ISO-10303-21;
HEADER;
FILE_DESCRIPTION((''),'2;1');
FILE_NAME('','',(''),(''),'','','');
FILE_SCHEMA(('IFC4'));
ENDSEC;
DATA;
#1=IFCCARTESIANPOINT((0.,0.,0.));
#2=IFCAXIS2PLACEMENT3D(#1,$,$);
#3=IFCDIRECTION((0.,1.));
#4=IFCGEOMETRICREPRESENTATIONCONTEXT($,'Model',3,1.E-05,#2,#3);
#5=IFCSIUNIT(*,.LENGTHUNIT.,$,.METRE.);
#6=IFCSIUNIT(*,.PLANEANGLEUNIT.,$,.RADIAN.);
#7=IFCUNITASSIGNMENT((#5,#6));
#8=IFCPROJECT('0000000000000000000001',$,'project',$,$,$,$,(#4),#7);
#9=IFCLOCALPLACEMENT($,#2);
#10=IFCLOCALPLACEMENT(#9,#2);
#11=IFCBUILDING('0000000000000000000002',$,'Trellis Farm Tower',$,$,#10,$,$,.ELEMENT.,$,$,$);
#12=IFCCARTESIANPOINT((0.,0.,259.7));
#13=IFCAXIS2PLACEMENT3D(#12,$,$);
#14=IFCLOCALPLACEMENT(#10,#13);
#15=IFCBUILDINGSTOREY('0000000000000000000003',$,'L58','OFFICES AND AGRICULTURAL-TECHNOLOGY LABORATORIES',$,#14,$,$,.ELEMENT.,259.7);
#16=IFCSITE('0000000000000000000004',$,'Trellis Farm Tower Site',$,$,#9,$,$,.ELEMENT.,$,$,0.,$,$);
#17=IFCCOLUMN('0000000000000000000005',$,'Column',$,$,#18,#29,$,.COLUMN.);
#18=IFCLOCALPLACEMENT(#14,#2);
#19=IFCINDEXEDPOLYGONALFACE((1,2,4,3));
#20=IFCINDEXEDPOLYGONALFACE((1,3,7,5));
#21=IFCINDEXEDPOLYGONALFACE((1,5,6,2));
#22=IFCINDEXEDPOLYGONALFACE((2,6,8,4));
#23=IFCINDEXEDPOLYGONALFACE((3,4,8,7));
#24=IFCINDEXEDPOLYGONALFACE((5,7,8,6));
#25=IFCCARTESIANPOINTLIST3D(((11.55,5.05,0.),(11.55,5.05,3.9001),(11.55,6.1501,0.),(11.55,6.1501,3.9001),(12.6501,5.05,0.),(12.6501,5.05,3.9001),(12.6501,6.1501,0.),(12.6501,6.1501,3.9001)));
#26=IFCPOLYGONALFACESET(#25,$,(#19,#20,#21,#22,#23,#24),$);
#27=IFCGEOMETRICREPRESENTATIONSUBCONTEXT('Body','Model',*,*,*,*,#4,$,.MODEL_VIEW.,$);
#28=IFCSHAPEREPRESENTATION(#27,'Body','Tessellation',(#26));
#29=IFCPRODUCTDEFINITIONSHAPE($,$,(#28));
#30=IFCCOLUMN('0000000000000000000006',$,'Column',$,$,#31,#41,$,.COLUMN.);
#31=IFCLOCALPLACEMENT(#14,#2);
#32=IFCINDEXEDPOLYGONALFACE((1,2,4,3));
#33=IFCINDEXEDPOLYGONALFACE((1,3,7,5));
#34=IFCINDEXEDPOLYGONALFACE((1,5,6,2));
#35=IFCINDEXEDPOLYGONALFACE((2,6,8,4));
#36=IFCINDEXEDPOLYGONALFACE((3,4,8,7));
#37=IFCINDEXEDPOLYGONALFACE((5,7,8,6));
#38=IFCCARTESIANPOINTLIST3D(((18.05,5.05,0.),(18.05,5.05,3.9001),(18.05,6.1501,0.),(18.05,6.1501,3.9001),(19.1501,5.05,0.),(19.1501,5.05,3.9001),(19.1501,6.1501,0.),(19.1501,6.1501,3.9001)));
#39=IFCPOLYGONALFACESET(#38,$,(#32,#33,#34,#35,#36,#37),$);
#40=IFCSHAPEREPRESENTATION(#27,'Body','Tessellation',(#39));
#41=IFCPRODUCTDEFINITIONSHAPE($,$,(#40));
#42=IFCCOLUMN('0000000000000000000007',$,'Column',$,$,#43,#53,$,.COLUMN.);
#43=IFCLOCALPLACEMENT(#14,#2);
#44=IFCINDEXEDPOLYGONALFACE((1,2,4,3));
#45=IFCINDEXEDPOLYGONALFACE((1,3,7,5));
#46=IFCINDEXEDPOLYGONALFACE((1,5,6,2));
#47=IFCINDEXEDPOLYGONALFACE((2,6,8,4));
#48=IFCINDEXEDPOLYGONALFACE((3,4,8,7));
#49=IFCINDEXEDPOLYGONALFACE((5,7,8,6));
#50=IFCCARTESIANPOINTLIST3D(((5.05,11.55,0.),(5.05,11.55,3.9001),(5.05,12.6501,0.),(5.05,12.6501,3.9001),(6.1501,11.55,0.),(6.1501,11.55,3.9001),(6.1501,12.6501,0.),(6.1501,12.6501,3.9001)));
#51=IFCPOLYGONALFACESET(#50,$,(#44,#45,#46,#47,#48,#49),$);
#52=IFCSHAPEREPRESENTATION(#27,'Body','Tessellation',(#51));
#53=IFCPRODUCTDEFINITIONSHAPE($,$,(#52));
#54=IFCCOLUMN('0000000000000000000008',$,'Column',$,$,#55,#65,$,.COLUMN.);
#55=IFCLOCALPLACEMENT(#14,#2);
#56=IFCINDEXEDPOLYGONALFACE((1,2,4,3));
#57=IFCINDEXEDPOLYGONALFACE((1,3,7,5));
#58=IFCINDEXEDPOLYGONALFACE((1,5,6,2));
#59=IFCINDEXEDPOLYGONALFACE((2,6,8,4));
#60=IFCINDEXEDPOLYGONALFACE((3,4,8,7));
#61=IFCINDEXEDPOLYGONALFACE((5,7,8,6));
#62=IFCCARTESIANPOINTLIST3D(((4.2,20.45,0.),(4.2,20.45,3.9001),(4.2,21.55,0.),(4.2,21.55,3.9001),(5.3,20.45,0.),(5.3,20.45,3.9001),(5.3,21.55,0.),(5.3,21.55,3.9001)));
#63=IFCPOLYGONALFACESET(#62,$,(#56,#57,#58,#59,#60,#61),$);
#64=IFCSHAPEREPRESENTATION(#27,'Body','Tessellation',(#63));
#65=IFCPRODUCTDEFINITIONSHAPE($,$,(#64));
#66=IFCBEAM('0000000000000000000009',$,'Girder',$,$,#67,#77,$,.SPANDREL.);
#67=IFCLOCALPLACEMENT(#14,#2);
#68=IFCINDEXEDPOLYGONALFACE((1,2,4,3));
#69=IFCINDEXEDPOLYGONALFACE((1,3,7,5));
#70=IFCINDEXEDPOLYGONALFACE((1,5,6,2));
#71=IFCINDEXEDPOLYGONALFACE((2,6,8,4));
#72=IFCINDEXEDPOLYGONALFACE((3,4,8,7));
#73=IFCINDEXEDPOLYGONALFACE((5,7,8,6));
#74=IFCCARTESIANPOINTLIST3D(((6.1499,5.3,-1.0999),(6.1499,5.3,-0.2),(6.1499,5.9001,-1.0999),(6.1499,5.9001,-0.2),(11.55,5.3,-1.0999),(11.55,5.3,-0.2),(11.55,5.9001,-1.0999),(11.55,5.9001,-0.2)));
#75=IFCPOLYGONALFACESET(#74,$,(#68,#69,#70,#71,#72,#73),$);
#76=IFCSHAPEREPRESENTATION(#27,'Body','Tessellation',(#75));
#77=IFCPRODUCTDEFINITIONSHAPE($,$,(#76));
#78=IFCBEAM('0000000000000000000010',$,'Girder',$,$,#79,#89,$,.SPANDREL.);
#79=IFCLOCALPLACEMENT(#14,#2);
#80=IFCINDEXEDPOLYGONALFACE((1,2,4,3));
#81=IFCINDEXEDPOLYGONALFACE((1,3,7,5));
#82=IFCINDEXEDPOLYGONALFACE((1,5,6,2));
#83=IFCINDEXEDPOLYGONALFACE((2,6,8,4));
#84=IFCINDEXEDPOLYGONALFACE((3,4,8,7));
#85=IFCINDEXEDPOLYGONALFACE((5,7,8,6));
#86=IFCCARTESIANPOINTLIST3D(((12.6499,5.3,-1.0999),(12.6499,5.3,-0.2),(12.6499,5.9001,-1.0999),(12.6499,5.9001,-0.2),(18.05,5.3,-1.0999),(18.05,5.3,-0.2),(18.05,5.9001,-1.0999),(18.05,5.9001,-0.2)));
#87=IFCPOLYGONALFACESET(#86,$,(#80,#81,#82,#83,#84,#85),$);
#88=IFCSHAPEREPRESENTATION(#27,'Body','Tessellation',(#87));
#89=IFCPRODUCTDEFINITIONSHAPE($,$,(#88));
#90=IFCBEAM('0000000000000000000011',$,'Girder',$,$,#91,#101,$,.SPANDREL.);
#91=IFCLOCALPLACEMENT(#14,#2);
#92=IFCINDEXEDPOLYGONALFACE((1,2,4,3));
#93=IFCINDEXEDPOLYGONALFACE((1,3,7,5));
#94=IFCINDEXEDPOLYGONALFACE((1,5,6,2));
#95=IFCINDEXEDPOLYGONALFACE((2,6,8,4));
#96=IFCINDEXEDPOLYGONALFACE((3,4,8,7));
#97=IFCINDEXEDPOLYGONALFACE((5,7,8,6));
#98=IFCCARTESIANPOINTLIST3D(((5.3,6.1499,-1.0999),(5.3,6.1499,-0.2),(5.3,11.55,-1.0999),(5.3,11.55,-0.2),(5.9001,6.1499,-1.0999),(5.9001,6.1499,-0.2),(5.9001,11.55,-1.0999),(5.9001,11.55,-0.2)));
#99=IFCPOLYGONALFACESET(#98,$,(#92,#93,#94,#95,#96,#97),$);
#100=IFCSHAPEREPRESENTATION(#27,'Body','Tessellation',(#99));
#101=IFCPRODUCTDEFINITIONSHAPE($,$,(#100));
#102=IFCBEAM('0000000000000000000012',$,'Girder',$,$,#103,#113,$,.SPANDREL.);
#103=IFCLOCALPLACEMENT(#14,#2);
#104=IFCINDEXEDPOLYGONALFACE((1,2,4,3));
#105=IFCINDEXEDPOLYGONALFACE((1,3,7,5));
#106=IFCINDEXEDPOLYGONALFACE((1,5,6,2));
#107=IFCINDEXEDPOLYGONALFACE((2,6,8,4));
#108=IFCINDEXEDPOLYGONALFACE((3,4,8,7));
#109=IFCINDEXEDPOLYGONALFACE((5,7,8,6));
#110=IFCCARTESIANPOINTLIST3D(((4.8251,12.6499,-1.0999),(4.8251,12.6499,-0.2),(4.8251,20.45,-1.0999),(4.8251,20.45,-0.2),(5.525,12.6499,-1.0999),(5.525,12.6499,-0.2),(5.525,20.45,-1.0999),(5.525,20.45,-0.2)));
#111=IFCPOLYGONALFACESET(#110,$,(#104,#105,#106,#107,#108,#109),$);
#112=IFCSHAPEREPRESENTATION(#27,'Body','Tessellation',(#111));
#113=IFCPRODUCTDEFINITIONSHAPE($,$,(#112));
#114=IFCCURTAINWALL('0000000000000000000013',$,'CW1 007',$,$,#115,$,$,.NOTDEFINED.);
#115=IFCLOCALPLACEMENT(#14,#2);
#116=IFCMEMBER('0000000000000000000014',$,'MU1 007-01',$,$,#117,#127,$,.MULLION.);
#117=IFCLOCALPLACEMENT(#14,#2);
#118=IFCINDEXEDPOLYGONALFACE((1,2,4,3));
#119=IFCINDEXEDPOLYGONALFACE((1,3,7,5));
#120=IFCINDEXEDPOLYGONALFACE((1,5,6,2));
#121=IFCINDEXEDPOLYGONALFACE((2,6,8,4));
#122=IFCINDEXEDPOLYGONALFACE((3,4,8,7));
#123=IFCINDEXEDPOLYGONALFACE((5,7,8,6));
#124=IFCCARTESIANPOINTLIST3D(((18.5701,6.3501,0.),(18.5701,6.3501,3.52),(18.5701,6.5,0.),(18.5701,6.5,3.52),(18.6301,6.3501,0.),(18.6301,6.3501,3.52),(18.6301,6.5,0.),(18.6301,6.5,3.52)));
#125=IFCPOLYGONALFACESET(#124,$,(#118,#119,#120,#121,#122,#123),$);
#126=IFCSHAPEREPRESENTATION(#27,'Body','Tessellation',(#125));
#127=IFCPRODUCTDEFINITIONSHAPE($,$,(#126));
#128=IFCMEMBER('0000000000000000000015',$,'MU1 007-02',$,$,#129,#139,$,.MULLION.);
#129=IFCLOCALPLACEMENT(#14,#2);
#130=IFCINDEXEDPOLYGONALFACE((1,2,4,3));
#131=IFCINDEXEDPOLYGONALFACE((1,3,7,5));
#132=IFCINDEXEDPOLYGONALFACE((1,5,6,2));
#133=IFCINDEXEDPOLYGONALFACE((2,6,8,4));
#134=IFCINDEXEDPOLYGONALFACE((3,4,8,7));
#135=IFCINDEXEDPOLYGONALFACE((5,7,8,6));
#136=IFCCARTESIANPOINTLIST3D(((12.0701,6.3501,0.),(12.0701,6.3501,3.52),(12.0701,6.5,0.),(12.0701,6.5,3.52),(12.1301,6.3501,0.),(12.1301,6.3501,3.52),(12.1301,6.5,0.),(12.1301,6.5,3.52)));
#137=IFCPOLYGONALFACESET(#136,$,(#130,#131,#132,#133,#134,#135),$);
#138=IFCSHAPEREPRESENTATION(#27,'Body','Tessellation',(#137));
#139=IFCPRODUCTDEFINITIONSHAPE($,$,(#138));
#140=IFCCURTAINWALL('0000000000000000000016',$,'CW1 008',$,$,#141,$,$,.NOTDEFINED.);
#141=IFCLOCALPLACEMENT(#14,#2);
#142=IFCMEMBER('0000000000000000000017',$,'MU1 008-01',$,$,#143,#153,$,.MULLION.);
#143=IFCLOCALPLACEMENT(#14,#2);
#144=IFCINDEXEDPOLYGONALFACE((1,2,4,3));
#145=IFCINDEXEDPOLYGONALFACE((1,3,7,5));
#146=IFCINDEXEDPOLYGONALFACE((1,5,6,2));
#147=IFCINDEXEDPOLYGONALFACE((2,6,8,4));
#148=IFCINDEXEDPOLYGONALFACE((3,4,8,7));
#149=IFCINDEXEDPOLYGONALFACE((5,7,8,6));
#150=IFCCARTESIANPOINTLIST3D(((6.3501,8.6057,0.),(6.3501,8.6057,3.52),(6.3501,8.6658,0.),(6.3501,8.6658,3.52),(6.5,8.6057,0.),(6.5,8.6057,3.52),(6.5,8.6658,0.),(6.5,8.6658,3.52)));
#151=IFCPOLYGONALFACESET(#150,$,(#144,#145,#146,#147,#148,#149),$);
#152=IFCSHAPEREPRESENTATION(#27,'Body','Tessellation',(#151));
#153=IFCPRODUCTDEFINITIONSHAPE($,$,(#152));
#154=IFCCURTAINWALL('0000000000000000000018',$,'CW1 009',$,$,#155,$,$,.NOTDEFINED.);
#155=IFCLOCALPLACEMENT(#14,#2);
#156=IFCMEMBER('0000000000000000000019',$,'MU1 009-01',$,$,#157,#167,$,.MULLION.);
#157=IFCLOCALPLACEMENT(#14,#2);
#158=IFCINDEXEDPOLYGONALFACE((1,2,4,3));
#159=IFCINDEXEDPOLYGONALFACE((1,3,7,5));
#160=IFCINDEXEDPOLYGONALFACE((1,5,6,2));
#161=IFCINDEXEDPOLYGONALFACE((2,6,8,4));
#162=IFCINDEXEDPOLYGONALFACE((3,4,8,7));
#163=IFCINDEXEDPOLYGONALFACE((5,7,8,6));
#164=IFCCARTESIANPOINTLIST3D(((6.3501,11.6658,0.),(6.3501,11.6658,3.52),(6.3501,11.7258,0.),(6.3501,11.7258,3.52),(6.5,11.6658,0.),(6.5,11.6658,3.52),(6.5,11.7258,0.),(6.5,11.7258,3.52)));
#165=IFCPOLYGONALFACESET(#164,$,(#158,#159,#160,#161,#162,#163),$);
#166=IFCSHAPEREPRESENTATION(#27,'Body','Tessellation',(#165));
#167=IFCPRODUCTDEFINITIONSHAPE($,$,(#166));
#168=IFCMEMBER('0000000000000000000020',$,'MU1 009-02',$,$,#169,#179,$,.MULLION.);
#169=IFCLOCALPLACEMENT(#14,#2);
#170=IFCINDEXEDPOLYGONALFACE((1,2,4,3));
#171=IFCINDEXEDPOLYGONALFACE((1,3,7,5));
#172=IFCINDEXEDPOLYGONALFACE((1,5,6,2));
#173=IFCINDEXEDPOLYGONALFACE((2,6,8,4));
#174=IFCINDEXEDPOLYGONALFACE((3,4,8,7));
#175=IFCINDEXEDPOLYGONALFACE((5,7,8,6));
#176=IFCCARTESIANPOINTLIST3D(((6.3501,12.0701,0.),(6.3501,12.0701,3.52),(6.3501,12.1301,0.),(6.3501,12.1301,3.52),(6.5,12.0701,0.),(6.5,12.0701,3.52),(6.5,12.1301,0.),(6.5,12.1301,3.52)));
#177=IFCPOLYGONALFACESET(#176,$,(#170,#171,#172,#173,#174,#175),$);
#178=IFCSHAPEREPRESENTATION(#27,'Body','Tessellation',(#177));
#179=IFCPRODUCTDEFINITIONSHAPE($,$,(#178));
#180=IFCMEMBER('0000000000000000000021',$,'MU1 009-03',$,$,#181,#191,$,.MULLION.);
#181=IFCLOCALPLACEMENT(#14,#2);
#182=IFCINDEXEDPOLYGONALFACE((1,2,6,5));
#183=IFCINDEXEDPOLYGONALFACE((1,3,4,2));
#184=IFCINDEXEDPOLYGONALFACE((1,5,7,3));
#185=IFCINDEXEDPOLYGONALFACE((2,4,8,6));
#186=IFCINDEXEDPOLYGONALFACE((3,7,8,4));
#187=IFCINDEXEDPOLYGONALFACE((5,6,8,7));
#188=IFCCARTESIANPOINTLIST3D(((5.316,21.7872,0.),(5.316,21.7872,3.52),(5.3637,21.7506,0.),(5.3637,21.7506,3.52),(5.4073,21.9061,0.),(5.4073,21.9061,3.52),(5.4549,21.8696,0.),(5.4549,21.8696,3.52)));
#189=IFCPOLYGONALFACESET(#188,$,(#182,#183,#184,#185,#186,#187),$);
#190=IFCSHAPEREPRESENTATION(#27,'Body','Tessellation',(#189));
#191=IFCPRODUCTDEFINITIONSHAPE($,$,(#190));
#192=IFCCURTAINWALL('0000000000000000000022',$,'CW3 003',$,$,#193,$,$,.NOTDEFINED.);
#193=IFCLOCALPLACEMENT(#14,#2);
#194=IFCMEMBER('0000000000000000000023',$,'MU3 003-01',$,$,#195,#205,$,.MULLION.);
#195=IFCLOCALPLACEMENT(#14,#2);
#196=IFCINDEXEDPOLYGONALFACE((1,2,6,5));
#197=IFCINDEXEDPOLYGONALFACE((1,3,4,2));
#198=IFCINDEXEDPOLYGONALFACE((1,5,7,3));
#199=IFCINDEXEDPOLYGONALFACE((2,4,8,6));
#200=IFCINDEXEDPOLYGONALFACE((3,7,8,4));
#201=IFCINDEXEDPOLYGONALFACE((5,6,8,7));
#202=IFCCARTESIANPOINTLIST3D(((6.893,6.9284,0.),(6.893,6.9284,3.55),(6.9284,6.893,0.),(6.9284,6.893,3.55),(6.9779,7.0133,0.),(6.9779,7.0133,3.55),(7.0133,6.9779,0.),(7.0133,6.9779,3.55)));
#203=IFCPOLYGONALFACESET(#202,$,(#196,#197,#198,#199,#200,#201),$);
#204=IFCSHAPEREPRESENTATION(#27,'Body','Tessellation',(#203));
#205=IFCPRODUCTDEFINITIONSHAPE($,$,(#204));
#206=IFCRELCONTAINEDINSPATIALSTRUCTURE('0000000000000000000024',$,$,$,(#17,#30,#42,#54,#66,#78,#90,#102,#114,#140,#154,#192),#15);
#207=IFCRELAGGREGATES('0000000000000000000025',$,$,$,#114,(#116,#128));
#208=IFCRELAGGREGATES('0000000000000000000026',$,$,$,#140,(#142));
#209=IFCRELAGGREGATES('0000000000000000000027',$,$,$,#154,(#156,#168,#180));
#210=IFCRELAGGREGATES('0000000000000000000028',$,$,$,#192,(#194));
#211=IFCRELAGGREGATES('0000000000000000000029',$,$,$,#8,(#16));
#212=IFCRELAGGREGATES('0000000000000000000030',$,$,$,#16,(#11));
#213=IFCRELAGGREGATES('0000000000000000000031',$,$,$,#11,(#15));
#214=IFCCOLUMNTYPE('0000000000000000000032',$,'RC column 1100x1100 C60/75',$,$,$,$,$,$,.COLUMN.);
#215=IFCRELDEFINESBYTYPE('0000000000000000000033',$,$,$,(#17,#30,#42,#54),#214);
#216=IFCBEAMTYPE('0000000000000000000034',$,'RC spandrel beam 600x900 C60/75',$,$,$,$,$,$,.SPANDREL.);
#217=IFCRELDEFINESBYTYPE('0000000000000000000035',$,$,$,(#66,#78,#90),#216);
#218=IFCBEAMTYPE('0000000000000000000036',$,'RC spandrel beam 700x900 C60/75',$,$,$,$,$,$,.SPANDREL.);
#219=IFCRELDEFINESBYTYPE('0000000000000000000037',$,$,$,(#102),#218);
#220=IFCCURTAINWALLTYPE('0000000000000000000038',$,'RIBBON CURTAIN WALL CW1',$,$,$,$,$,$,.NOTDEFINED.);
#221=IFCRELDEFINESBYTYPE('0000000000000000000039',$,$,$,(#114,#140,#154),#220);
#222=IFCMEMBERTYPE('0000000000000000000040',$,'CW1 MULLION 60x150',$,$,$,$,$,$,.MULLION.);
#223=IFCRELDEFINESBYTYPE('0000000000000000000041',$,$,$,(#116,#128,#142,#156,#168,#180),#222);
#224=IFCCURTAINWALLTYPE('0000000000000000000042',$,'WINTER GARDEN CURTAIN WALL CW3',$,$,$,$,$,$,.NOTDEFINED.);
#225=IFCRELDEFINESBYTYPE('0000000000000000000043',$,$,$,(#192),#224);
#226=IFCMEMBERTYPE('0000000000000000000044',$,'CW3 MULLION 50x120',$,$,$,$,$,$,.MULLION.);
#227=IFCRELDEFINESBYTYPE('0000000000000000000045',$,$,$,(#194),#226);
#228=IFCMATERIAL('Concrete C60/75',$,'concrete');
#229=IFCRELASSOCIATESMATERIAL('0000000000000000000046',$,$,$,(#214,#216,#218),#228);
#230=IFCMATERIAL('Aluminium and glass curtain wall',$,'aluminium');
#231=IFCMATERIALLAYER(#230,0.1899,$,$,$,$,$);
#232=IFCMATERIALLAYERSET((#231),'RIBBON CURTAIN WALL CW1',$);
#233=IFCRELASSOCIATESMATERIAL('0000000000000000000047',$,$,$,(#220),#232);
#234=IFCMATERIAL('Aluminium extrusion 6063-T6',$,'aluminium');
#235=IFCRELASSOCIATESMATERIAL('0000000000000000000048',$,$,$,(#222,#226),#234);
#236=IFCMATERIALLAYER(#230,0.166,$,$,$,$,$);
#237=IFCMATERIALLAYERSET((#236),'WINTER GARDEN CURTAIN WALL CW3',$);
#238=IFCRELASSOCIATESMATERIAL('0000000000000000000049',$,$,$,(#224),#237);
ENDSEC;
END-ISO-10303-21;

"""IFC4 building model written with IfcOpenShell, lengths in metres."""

from ifc_helpers import new_model, si_unit, direction, frame, origin, origin_2d, place, context, subcontext, project, spatial, rectangle, extrude, source, transform, mapped, material, layer, layer_set, material_profile, profile_set, type_object, element, aggregate, save


model = new_model("IFC4")

# Units and contexts
model_context = context("Model", 3, precision=1e-05, world=origin(), true_north=direction((0.0, 1.0)))
body_context = subcontext(model_context, "Body", "Model", "MODEL_VIEW")
ifc_project = project(units=[si_unit("LENGTHUNIT", "METRE"), si_unit("PLANEANGLEUNIT", "RADIAN")], contexts=[model_context])

# Site, building, storey
site_placement = place(None, origin())
site = spatial("IfcSite", under=ifc_project, at=site_placement, Name="Trellis Farm Tower Site", CompositionType="ELEMENT", RefElevation=0.0)
building_placement = place(site_placement, origin())
building = spatial("IfcBuilding", under=site, at=building_placement, Name="Trellis Farm Tower", CompositionType="ELEMENT")
storey_placement = place(building_placement, frame((0.0, 0.0, 259.7)))
storey = spatial("IfcBuildingStorey", under=building, at=storey_placement, Name="L58", Description="OFFICES AND AGRICULTURAL-TECHNOLOGY LABORATORIES", CompositionType="ELEMENT", Elevation=259.7)

# Columns
ifc_material_1 = material(Name="Concrete C60/75", Category="concrete")
ifc_material_profile_1 = material_profile(ifc_material_1, rectangle(XDim=1.1001, YDim=1.1001, at=origin_2d()), Name="RC column 1100x1100 C60/75")
ifc_profile_set_1 = profile_set([ifc_material_profile_1], Name="Concrete C60/75")
column_type = type_object("IfcColumnType", Name="RC column 1100x1100 C60/75", PredefinedType="COLUMN", material=ifc_profile_set_1)
shared_shape_1 = source(origin(), body_context, "Body", "SweptSolid", [
    extrude(rectangle(XDim=1.1001, YDim=1.1001, at=origin_2d()), origin(), (0.0, 0.0, 1.0), 3.9001),
])
for number, where, z_axis, x_axis, name in (
    (1, (12.1001, 5.6001, 0.0), (0.0, 0.0, 1.0), (1.0, 0.0, 0.0), "Column"),
    (2, (18.6001, 5.6001, 0.0), (0.0, 0.0, 1.0), (1.0, 0.0, 0.0), "Column"),
    (3, (5.6001, 12.1001, 0.0), (0.0, 0.0, 1.0), (1.0, 0.0, 0.0), "Column"),
    (4, (4.75, 21.0, 0.0), (0.0, 0.0, 1.0), (1.0, 0.0, 0.0), "Column"),
):
    element("IfcColumn", number, at=place(storey_placement, frame(where, z_axis=z_axis, x_axis=x_axis)), inside=storey, type_object=column_type, Name=name, PredefinedType="COLUMN", context=body_context, shape_type="MappedRepresentation", body=[
        mapped(shared_shape_1, transform((0.0, 0.0, 0.0))),
    ])

# Beams
ifc_material_profile_2 = material_profile(ifc_material_1, rectangle(XDim=0.6001, YDim=0.8999, at=origin_2d()), Name="RC spandrel beam 600x900 C60/75")
ifc_profile_set_2 = profile_set([ifc_material_profile_2], Name="Concrete C60/75")
beam_type_1 = type_object("IfcBeamType", Name="RC spandrel beam 600x900 C60/75", PredefinedType="SPANDREL", material=ifc_profile_set_2)
shared_shape_2 = source(origin(), body_context, "Body", "SweptSolid", [
    extrude(rectangle(XDim=0.6001, YDim=0.8999, at=origin_2d()), origin(), (0.0, 0.0, 1.0), 5.4001),
])
for number, where, z_axis, x_axis, name in (
    (5, (6.1499, 5.6001, -0.6499), (1.0, 0.0, 0.0), (0.0, 1.0, 0.0), "Girder"),
    (6, (12.6499, 5.6001, -0.6499), (1.0, 0.0, 0.0), (0.0, 1.0, 0.0), "Girder"),
    (7, (5.6001, 6.1499, -0.6499), (0.0, 1.0, 0.0), (-1.0, 0.0, 0.0), "Girder"),
):
    element("IfcBeam", number, at=place(storey_placement, frame(where, z_axis=z_axis, x_axis=x_axis)), inside=storey, type_object=beam_type_1, Name=name, PredefinedType="SPANDREL", context=body_context, shape_type="MappedRepresentation", body=[
        mapped(shared_shape_2, transform((0.0, 0.0, 0.0))),
    ])
ifc_material_profile_3 = material_profile(ifc_material_1, rectangle(XDim=0.7, YDim=0.8999, at=origin_2d()), Name="RC spandrel beam 700x900 C60/75")
ifc_profile_set_3 = profile_set([ifc_material_profile_3], Name="Concrete C60/75")
beam_type_2 = type_object("IfcBeamType", Name="RC spandrel beam 700x900 C60/75", PredefinedType="SPANDREL", material=ifc_profile_set_3)
shared_shape_3 = source(origin(), body_context, "Body", "SweptSolid", [
    extrude(rectangle(XDim=0.7, YDim=0.8999, at=origin_2d()), origin(), (0.0, 0.0, 1.0), 7.8),
])
beam_placement = place(storey_placement, frame((5.175, 12.6499, -0.6499), z_axis=(0.0, 1.0, 0.0), x_axis=(-1.0, 0.0, 0.0)))
element("IfcBeam", 8, at=beam_placement, inside=storey, type_object=beam_type_2, Name="Girder", PredefinedType="SPANDREL", context=body_context, shape_type="MappedRepresentation", body=[
    mapped(shared_shape_3, transform((0.0, 0.0, 0.0))),
])

# Curtain wall, members
ifc_material_2 = material(Name="Aluminium and glass curtain wall", Category="aluminium")
ifc_layer_1 = layer(ifc_material_2, 0.1899)
ifc_layer_set_1 = layer_set([ifc_layer_1], Name="RIBBON CURTAIN WALL CW1")
curtain_wall_type_1 = type_object("IfcCurtainWallType", Name="RIBBON CURTAIN WALL CW1", PredefinedType="NOTDEFINED", material=ifc_layer_set_1)
placement = place(storey_placement, origin())
curtain_wall_1 = element("IfcCurtainWall", 9, at=placement, inside=storey, type_object=curtain_wall_type_1, Name="CW1 007", PredefinedType="NOTDEFINED")
ifc_material_3 = material(Name="Aluminium extrusion 6063-T6", Category="aluminium")
ifc_material_profile_4 = material_profile(ifc_material_3, rectangle(XDim=0.0601, YDim=0.1499, at=origin_2d()), Name="MULLION 60x150")
ifc_profile_set_4 = profile_set([ifc_material_profile_4], Name="Aluminium extrusion 6063-T6")
member_type_1 = type_object("IfcMemberType", Name="CW1 MULLION 60x150", PredefinedType="MULLION", material=ifc_profile_set_4)
shared_shape_4 = source(origin(), body_context, "Body", "SweptSolid", [
    extrude(rectangle(XDim=0.0601, YDim=0.1499, at=origin_2d()), origin(), (0.0, 0.0, 1.0), 3.52),
])
member_1_placement = place(storey_placement, frame((18.6001, 6.425, 0.0), z_axis=(0.0, 0.0, 1.0), x_axis=(-1.0, 0.0, 0.0)))
member_1 = element("IfcMember", 10, at=member_1_placement, type_object=member_type_1, Name="MU1 007-01", PredefinedType="MULLION", context=body_context, shape_type="MappedRepresentation", body=[
    mapped(shared_shape_4, transform((0.0, 0.0, 0.0))),
])
member_2_placement = place(storey_placement, frame((12.1001, 6.425, 0.0), z_axis=(0.0, 0.0, 1.0), x_axis=(-1.0, 0.0, 0.0)))
member_2 = element("IfcMember", 11, at=member_2_placement, type_object=member_type_1, Name="MU1 007-02", PredefinedType="MULLION", context=body_context, shape_type="MappedRepresentation", body=[
    mapped(shared_shape_4, transform((0.0, 0.0, 0.0))),
])
aggregate(curtain_wall_1, [member_1, member_2])

# Curtain wall, member
curtain_wall_2 = element("IfcCurtainWall", 12, at=placement, inside=storey, type_object=curtain_wall_type_1, Name="CW1 008", PredefinedType="NOTDEFINED")
member_3_placement = place(storey_placement, frame((6.425, 8.6357, 0.0), z_axis=(0.0, 0.0, 1.0), x_axis=(0.0, 1.0, 0.0)))
member_3 = element("IfcMember", 13, at=member_3_placement, type_object=member_type_1, Name="MU1 008-01", PredefinedType="MULLION", context=body_context, shape_type="MappedRepresentation", body=[
    mapped(shared_shape_4, transform((0.0, 0.0, 0.0))),
])
aggregate(curtain_wall_2, [member_3])

# Curtain wall, members
curtain_wall_3 = element("IfcCurtainWall", 14, at=placement, inside=storey, type_object=curtain_wall_type_1, Name="CW1 009", PredefinedType="NOTDEFINED")
member_4_placement = place(storey_placement, frame((6.425, 11.6958, 0.0), z_axis=(0.0, 0.0, 1.0), x_axis=(0.0, 1.0, 0.0)))
member_4 = element("IfcMember", 15, at=member_4_placement, type_object=member_type_1, Name="MU1 009-01", PredefinedType="MULLION", context=body_context, shape_type="MappedRepresentation", body=[
    mapped(shared_shape_4, transform((0.0, 0.0, 0.0))),
])
member_5_placement = place(storey_placement, frame((6.425, 12.1001, 0.0), z_axis=(0.0, 0.0, 1.0), x_axis=(0.0, 1.0, 0.0)))
member_5 = element("IfcMember", 16, at=member_5_placement, type_object=member_type_1, Name="MU1 009-02", PredefinedType="MULLION", context=body_context, shape_type="MappedRepresentation", body=[
    mapped(shared_shape_4, transform((0.0, 0.0, 0.0))),
])
member_6_placement = place(storey_placement, frame((5.3855, 21.8284, 0.0), z_axis=(0.0, 0.0, 1.0), x_axis=(-0.793353, 0.608761, 0.0)))
member_6 = element("IfcMember", 17, at=member_6_placement, type_object=member_type_1, Name="MU1 009-03", PredefinedType="MULLION", context=body_context, shape_type="MappedRepresentation", body=[
    mapped(shared_shape_4, transform((0.0, 0.0, 0.0))),
])
aggregate(curtain_wall_3, [member_4, member_5, member_6])

# Curtain wall, member
ifc_layer_2 = layer(ifc_material_2, 0.166)
ifc_layer_set_2 = layer_set([ifc_layer_2], Name="WINTER GARDEN CURTAIN WALL CW3")
curtain_wall_type_2 = type_object("IfcCurtainWallType", Name="WINTER GARDEN CURTAIN WALL CW3", PredefinedType="NOTDEFINED", material=ifc_layer_set_2)
curtain_wall_4 = element("IfcCurtainWall", 18, at=placement, inside=storey, type_object=curtain_wall_type_2, Name="CW3 003", PredefinedType="NOTDEFINED")
ifc_material_profile_5 = material_profile(ifc_material_3, rectangle(XDim=0.05, YDim=0.1201, at=origin_2d()), Name="MULLION 50x120")
ifc_profile_set_5 = profile_set([ifc_material_profile_5], Name="Aluminium extrusion 6063-T6")
member_type_2 = type_object("IfcMemberType", Name="CW3 MULLION 50x120", PredefinedType="MULLION", material=ifc_profile_set_5)
shared_shape_5 = source(origin(), body_context, "Body", "SweptSolid", [
    extrude(rectangle(XDim=0.05, YDim=0.1201, at=origin_2d()), origin(), (0.0, 0.0, 1.0), 3.55),
])
member_7_placement = place(storey_placement, frame((6.9531, 6.9531, 0.0), z_axis=(0.0, 0.0, 1.0), x_axis=(-0.707107, 0.707107, 0.0)))
member_7 = element("IfcMember", 19, at=member_7_placement, type_object=member_type_2, Name="MU3 003-01", PredefinedType="MULLION", context=body_context, shape_type="MappedRepresentation", body=[
    mapped(shared_shape_5, transform((0.0, 0.0, 0.0))),
])
aggregate(curtain_wall_4, [member_7])

save(model, "model.ifc")
